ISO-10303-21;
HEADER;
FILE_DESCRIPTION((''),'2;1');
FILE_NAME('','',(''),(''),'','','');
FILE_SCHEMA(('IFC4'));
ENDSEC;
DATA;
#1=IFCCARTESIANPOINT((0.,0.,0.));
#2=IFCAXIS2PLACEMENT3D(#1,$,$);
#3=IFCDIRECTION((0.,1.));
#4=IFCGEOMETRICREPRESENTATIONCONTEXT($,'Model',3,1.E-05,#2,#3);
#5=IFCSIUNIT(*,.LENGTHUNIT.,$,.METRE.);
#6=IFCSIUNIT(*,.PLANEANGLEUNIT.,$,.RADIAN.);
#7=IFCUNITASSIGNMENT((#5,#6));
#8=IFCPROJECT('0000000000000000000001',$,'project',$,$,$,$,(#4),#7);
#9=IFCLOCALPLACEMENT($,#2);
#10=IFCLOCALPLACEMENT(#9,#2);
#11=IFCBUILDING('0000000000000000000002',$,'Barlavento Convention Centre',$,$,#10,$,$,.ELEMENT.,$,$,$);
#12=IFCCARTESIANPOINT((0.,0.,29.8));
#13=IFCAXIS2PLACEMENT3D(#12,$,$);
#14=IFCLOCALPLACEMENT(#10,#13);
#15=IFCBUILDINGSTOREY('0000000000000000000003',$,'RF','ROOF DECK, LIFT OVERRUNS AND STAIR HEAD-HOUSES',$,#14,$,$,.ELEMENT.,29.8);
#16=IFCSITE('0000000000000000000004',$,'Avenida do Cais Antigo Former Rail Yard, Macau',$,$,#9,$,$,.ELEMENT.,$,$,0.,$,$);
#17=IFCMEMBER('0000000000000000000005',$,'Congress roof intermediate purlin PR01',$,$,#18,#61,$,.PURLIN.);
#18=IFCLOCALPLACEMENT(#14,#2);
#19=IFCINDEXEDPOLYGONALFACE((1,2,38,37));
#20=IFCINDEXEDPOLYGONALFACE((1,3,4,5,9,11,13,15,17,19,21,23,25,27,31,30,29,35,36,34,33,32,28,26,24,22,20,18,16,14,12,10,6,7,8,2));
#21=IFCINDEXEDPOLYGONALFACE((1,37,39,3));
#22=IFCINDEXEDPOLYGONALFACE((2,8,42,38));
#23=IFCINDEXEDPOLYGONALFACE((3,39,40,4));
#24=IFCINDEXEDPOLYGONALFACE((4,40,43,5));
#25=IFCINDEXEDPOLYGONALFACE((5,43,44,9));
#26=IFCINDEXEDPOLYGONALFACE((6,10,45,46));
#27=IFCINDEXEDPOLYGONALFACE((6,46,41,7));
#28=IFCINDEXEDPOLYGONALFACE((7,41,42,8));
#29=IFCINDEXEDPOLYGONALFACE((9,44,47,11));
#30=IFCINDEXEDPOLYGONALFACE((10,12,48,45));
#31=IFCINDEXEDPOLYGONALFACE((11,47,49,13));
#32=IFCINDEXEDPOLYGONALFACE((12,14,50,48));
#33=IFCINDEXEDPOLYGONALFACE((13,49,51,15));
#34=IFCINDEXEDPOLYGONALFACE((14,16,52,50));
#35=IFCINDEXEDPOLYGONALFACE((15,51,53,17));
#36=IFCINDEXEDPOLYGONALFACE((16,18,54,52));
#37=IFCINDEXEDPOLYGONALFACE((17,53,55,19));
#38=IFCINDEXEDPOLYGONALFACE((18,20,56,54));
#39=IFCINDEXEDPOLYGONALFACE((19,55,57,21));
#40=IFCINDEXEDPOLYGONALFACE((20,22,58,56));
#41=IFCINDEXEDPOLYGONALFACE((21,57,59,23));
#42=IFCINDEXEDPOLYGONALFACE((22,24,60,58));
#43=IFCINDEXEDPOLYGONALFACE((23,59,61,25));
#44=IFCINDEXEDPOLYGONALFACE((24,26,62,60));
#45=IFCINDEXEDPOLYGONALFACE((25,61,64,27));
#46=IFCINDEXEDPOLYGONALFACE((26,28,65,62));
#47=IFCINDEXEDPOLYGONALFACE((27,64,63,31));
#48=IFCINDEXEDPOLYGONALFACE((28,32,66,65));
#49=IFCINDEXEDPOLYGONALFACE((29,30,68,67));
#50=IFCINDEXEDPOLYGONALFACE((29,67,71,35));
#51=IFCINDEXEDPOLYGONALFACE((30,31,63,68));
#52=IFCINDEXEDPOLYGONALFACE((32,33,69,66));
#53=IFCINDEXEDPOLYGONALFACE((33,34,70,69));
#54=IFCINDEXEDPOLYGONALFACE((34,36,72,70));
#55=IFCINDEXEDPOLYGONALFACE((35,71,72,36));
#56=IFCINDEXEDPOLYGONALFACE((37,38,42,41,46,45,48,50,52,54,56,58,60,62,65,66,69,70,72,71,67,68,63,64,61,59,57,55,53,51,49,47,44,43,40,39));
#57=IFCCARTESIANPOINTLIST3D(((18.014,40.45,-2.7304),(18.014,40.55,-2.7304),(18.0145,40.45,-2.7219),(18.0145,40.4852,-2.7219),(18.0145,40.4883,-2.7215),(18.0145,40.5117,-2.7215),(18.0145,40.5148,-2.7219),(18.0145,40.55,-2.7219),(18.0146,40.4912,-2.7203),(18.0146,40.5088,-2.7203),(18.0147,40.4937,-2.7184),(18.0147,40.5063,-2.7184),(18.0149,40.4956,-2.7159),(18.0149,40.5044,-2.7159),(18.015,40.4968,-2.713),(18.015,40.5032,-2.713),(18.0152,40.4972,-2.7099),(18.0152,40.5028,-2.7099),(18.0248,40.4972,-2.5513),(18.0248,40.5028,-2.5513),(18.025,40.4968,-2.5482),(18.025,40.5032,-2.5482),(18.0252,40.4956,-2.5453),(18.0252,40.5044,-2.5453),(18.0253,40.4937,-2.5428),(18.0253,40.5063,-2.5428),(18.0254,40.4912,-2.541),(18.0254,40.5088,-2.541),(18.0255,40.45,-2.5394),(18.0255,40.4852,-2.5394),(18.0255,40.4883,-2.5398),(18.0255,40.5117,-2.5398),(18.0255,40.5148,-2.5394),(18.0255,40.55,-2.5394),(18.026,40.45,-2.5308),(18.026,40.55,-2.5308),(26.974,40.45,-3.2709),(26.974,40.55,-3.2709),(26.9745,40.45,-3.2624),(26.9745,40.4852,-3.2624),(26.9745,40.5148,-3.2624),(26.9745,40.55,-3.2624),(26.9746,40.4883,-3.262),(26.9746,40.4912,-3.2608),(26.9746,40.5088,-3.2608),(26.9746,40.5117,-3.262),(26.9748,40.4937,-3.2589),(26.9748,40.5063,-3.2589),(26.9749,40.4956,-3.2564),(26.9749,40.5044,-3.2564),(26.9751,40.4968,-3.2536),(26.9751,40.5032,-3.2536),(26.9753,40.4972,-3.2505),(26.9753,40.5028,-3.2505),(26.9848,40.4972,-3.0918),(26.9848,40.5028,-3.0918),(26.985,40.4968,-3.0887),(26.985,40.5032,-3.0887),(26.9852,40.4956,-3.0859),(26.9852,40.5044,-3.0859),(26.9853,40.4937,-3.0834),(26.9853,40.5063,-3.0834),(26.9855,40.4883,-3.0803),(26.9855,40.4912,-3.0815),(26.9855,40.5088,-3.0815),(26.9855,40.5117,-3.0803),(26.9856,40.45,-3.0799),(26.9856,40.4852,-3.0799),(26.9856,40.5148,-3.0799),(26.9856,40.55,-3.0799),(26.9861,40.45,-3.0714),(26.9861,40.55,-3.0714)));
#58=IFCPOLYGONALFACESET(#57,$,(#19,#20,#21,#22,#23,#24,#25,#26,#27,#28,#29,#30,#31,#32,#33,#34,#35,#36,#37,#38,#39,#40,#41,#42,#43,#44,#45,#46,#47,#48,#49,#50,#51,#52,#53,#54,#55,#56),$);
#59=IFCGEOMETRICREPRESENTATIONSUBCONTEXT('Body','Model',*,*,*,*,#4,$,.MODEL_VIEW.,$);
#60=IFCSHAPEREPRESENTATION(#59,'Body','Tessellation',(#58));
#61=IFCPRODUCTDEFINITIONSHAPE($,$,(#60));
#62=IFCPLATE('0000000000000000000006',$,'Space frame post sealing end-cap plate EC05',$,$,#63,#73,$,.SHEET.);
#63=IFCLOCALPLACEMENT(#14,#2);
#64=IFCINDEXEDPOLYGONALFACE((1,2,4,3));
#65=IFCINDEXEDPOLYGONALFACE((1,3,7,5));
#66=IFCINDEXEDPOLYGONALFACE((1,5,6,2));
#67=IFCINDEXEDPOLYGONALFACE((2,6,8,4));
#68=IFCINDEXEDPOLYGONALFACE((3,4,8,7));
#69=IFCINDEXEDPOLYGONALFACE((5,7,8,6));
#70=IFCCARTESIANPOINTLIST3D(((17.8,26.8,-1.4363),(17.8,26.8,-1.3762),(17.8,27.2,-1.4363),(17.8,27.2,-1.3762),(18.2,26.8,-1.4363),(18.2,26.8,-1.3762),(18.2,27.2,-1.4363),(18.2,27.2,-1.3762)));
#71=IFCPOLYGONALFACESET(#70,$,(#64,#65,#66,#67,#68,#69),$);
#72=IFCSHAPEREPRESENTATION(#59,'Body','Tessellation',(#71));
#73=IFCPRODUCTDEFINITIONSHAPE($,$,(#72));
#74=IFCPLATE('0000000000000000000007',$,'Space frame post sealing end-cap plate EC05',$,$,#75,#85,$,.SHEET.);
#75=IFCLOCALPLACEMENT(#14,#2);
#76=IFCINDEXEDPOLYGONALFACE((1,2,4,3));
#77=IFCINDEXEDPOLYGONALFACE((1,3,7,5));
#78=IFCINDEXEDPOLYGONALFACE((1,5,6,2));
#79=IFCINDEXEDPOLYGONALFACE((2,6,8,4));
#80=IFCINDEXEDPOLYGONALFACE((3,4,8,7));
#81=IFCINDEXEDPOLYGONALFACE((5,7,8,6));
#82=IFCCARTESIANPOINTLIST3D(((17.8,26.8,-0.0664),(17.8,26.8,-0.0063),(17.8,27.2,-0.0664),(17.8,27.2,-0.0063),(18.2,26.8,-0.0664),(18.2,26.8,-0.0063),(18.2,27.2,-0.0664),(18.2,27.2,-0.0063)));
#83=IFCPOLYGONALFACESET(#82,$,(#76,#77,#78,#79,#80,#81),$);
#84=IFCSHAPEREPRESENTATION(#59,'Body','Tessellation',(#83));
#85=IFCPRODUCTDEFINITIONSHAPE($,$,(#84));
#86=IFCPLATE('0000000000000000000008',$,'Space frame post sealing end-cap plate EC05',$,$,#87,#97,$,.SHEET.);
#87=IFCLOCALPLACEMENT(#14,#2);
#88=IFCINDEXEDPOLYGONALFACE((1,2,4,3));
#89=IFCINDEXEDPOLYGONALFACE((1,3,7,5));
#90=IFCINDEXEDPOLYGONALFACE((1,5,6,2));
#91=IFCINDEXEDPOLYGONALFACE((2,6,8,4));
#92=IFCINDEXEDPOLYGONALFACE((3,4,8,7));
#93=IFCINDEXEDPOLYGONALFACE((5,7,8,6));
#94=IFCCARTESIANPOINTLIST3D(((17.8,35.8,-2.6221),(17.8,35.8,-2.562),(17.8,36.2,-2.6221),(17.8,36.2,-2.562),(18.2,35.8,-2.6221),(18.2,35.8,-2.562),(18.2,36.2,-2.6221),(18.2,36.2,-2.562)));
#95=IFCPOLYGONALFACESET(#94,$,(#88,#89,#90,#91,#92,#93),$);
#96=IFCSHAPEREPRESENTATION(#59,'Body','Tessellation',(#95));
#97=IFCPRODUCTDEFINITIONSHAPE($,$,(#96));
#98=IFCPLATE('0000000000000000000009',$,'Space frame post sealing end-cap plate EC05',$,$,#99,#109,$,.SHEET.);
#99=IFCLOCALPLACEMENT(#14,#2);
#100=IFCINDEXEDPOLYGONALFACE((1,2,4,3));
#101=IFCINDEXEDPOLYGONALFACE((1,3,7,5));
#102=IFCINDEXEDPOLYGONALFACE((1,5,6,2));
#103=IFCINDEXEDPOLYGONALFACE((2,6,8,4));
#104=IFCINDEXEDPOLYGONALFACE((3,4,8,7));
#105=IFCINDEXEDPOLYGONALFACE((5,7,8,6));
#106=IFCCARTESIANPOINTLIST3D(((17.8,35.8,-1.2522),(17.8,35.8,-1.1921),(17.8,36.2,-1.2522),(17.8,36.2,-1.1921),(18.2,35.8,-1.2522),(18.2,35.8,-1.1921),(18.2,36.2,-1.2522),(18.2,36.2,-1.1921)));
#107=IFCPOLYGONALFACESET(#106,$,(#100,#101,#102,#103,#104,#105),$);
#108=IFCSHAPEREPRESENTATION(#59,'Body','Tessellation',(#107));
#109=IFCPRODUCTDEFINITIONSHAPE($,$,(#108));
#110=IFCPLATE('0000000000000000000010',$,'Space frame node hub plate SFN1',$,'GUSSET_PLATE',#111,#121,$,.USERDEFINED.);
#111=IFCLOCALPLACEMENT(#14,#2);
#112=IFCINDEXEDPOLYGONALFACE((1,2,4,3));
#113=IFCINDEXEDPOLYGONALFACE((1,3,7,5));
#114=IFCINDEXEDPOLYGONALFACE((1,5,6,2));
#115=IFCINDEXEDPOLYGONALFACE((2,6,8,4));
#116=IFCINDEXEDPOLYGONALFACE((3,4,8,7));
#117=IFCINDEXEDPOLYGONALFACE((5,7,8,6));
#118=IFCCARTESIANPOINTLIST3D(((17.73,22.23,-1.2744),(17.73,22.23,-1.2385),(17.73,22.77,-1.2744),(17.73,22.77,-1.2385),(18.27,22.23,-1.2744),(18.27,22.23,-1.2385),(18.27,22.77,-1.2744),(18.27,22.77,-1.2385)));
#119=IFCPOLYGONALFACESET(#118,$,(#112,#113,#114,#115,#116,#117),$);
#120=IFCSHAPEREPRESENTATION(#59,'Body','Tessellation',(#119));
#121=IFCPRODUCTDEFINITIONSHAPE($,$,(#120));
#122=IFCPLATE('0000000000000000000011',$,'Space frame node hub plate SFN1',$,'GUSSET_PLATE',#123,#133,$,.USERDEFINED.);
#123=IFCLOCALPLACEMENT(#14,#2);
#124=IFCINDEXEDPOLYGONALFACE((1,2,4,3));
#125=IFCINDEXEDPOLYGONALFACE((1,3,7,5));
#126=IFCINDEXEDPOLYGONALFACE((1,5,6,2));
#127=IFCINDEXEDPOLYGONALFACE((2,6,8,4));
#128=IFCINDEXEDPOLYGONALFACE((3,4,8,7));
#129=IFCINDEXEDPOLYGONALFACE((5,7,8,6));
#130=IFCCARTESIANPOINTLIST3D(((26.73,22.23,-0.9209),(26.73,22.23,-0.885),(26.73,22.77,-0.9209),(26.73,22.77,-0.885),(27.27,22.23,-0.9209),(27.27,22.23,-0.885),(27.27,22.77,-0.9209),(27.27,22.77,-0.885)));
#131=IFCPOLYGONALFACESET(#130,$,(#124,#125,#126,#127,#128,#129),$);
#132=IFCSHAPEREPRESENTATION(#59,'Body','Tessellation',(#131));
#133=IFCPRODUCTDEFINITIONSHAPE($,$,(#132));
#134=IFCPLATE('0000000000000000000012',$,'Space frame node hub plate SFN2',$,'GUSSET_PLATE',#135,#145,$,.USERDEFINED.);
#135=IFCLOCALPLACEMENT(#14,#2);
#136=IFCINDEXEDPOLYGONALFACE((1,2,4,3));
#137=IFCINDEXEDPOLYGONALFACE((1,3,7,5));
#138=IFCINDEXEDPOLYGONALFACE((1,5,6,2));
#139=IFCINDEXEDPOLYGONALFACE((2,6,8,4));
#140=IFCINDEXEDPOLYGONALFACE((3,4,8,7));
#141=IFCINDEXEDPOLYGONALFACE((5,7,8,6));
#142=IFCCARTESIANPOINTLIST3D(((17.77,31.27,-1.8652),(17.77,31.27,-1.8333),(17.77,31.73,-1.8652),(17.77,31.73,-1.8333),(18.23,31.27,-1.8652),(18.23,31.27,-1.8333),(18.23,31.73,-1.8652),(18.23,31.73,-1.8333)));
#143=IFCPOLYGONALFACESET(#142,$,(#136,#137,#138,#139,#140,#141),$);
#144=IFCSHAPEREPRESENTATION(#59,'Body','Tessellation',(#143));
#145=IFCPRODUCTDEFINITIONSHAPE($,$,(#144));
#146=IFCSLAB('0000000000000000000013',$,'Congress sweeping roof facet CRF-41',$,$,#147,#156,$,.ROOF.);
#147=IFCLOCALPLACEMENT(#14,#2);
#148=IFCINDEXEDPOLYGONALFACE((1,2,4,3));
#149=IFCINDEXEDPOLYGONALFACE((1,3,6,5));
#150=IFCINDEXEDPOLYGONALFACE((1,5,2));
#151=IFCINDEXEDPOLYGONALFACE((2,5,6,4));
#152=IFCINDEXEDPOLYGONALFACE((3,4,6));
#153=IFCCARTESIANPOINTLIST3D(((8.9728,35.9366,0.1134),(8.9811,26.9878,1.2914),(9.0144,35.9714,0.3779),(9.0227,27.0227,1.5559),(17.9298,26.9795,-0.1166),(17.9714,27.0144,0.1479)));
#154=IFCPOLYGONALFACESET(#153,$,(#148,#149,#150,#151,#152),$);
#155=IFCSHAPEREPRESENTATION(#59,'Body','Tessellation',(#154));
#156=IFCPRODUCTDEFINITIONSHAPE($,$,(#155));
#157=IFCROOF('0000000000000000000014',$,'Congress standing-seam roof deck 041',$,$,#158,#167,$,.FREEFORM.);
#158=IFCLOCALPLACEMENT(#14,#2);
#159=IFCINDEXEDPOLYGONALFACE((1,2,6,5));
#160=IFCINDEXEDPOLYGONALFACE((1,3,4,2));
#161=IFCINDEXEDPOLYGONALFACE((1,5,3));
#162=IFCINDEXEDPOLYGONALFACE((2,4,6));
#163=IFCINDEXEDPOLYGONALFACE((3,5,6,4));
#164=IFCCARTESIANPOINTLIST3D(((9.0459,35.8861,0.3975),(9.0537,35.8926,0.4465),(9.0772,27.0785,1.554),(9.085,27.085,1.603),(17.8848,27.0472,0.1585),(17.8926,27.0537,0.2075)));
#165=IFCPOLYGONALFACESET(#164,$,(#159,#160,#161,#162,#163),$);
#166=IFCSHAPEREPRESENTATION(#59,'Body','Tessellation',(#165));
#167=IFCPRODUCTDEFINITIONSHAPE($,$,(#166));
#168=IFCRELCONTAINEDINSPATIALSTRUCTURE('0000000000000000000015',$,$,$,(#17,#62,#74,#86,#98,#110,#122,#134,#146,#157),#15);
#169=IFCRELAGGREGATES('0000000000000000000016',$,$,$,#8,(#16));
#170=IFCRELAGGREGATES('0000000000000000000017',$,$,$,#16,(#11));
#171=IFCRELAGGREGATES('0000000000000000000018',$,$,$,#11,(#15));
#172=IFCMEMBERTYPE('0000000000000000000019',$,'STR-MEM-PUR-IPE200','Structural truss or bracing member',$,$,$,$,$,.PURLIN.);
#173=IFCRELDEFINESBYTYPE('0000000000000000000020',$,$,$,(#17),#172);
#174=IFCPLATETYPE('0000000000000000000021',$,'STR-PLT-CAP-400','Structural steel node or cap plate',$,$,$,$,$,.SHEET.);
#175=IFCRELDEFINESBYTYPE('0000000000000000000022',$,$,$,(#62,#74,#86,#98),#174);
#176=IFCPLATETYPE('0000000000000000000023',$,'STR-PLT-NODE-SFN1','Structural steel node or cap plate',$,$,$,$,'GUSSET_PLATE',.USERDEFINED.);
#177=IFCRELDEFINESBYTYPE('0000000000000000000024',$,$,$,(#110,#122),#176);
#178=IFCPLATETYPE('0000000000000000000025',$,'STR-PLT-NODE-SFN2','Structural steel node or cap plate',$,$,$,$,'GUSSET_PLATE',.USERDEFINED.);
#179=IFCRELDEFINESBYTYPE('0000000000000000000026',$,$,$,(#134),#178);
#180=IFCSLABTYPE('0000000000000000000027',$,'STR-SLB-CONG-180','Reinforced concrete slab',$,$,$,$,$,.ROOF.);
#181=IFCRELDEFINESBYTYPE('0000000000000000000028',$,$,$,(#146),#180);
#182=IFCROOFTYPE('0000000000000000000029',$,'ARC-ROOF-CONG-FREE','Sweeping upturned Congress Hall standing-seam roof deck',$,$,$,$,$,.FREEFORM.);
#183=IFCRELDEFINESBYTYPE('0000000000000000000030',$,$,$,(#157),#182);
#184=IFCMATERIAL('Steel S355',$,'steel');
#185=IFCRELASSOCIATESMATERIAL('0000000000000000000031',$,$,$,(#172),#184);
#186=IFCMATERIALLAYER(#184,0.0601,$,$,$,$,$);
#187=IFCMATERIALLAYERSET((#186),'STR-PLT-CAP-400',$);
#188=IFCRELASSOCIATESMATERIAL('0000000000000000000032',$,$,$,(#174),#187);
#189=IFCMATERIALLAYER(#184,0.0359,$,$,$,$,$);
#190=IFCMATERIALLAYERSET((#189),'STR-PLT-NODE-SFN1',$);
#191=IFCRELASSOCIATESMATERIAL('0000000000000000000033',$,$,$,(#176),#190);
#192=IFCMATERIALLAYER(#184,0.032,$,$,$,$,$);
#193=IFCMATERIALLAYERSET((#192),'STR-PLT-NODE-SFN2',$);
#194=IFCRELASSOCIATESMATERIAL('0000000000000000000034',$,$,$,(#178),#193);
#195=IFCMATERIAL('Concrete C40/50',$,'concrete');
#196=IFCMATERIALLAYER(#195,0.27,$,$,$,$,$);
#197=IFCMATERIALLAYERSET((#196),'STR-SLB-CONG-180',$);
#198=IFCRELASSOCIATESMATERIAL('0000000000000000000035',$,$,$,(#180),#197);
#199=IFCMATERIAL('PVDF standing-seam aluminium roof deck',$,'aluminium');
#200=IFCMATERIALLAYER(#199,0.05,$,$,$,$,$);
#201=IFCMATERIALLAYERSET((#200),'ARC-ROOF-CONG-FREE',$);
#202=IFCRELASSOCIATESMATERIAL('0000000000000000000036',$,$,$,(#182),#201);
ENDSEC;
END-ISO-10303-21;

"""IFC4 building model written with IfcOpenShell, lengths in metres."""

from ifc_helpers import new_model, si_unit, direction, frame, origin, origin_2d, place, context, subcontext, project, spatial, polyline, rectangle, i_section, outline, extrude, material, layer, layer_set, material_profile, profile_set, type_object, element, save


model = new_model("IFC4")

# Units and contexts
model_context = context("Model", 3, precision=1e-05, world=origin(), true_north=direction((0.0, 1.0)))
body_context = subcontext(model_context, "Body", "Model", "MODEL_VIEW")
ifc_project = project(units=[si_unit("LENGTHUNIT", "METRE"), si_unit("PLANEANGLEUNIT", "RADIAN")], contexts=[model_context])

# Site, building, storey
site_placement = place(None, origin())
site = spatial("IfcSite", under=ifc_project, at=site_placement, Name="Avenida do Cais Antigo Former Rail Yard, Macau", CompositionType="ELEMENT", RefElevation=0.0)
building_placement = place(site_placement, origin())
building = spatial("IfcBuilding", under=site, at=building_placement, Name="Barlavento Convention Centre", CompositionType="ELEMENT")
storey_placement = place(building_placement, frame((0.0, 0.0, 29.8)))
storey = spatial("IfcBuildingStorey", under=building, at=storey_placement, Name="RF", Description="ROOF DECK, LIFT OVERRUNS AND STAIR HEAD-HOUSES", CompositionType="ELEMENT", Elevation=29.8)

# Member
ifc_material_1 = material(Name="Steel S355", Category="steel")
ifc_material_profile_1 = material_profile(ifc_material_1, i_section(OverallWidth=0.1001, OverallDepth=0.2, WebThickness=0.0056, FlangeThickness=0.0085, FilletRadius=0.012, at=origin_2d()), Name="IPE 200")
ifc_profile_set_1 = profile_set([ifc_material_profile_1], Name="Steel S355")
member_type_1 = type_object("IfcMemberType", Name="STR-MEM-PUR-IPE200", Description="Structural truss or bracing member", PredefinedType="PURLIN", material=ifc_profile_set_1)
member_1_placement = place(storey_placement, frame((18.02, 40.5, -2.6306), z_axis=(0.998185, 0.0, -0.060217), x_axis=(0.0, 1.0, 0.0)))
element("IfcMember", 1, at=member_1_placement, inside=storey, type_object=member_type_1, Name="Congress roof intermediate purlin PR01", PredefinedType="PURLIN", context=body_context, shape_type="SweptSolid", body=[
    extrude(i_section(OverallWidth=0.1001, OverallDepth=0.2, WebThickness=0.0056, FlangeThickness=0.0085, FilletRadius=0.012, at=origin_2d()), origin(), (0.0, 0.0, 1.0), 8.9763),
])

# Plates
ifc_layer_1 = layer(ifc_material_1, 0.0601)
ifc_layer_set_1 = layer_set([ifc_layer_1], Name="STR-PLT-CAP-400")
plate_type_1 = type_object("IfcPlateType", Name="STR-PLT-CAP-400", Description="Structural steel node or cap plate", PredefinedType="SHEET", material=ifc_layer_set_1)
for number, where, z_axis, x_axis, name in (
    (2, (18.0, 27.0, -1.4363), (0.0, 0.0, 1.0), (1.0, 0.0, 0.0), "Space frame post sealing end-cap plate EC05"),
    (3, (18.0, 27.0, -0.0664), (0.0, 0.0, 1.0), (1.0, 0.0, 0.0), "Space frame post sealing end-cap plate EC05"),
    (4, (18.0, 36.0, -2.6221), (0.0, 0.0, 1.0), (1.0, 0.0, 0.0), "Space frame post sealing end-cap plate EC05"),
    (5, (18.0, 36.0, -1.2522), (0.0, 0.0, 1.0), (1.0, 0.0, 0.0), "Space frame post sealing end-cap plate EC05"),
):
    element("IfcPlate", number, at=place(storey_placement, frame(where, z_axis=z_axis, x_axis=x_axis)), inside=storey, type_object=plate_type_1, Name=name, PredefinedType="SHEET", context=body_context, shape_type="SweptSolid", body=[
        extrude(rectangle(XDim=0.3999, YDim=0.3999, at=origin_2d()), origin(), (0.0, 0.0, 1.0), 0.0601),
    ])
ifc_layer_2 = layer(ifc_material_1, 0.0359)
ifc_layer_set_2 = layer_set([ifc_layer_2], Name="STR-PLT-NODE-SFN1")
plate_type_2 = type_object("IfcPlateType", Name="STR-PLT-NODE-SFN1", Description="Structural steel node or cap plate", ElementType="GUSSET_PLATE", PredefinedType="USERDEFINED", material=ifc_layer_set_2)
for number, where, z_axis, x_axis, name in (
    (6, (18.0, 22.5, -1.2744), (0.0, 0.0, 1.0), (1.0, 0.0, 0.0), "Space frame node hub plate SFN1"),
    (7, (27.0, 22.5, -0.9209), (0.0, 0.0, 1.0), (1.0, 0.0, 0.0), "Space frame node hub plate SFN1"),
):
    element("IfcPlate", number, at=place(storey_placement, frame(where, z_axis=z_axis, x_axis=x_axis)), inside=storey, type_object=plate_type_2, Name=name, ObjectType="GUSSET_PLATE", PredefinedType="USERDEFINED", context=body_context, shape_type="SweptSolid", body=[
        extrude(rectangle(XDim=0.54, YDim=0.54, at=origin_2d()), origin(), (0.0, 0.0, 1.0), 0.0359),
    ])
ifc_layer_3 = layer(ifc_material_1, 0.032)
ifc_layer_set_3 = layer_set([ifc_layer_3], Name="STR-PLT-NODE-SFN2")
plate_type_3 = type_object("IfcPlateType", Name="STR-PLT-NODE-SFN2", Description="Structural steel node or cap plate", ElementType="GUSSET_PLATE", PredefinedType="USERDEFINED", material=ifc_layer_set_3)
plate_placement = place(storey_placement, frame((18.0, 31.5, -1.8652), z_axis=(0.0, 0.0, 1.0), x_axis=(1.0, 0.0, 0.0)))
element("IfcPlate", 8, at=plate_placement, inside=storey, type_object=plate_type_3, Name="Space frame node hub plate SFN2", ObjectType="GUSSET_PLATE", PredefinedType="USERDEFINED", context=body_context, shape_type="SweptSolid", body=[
    extrude(rectangle(XDim=0.46, YDim=0.46, at=origin_2d()), origin(), (0.0, 0.0, 1.0), 0.032),
])

# Slab
ifc_material_2 = material(Name="Concrete C40/50", Category="concrete")
ifc_layer_4 = layer(ifc_material_2, 0.27)
ifc_layer_set_4 = layer_set([ifc_layer_4], Name="STR-SLB-CONG-180")
slab_type = type_object("IfcSlabType", Name="STR-SLB-CONG-180", Description="Reinforced concrete slab", PredefinedType="ROOF", material=ifc_layer_set_4)
slab_placement = place(storey_placement, frame((9.0227, 27.0227, 1.5559), z_axis=(0.154241, 0.129089, 0.979564), x_axis=(0.987847, -0.000916, -0.155424)))
element("IfcSlab", 9, at=slab_placement, inside=storey, type_object=slab_type, Name="Congress sweeping roof facet CRF-41", PredefinedType="ROOF", context=body_context, shape_type="SweptSolid", body=[
    extrude(outline(polyline([(0.0, 0.0), (9.0588, 0.0), (0.1667, 9.0244), (0.0, 0.0)])), origin(), (0.0, 0.0, -1.0), 0.27),
])

# Roof
ifc_material_3 = material(Name="PVDF standing-seam aluminium roof deck", Category="aluminium")
ifc_layer_5 = layer(ifc_material_3, 0.05)
ifc_layer_set_5 = layer_set([ifc_layer_5], Name="ARC-ROOF-CONG-FREE")
roof_type = type_object("IfcRoofType", Name="ARC-ROOF-CONG-FREE", Description="Sweeping upturned Congress Hall standing-seam roof deck", PredefinedType="FREEFORM", material=ifc_layer_set_5)
roof_placement = place(storey_placement, frame((9.085, 27.085, 1.603), z_axis=(0.155628, 0.129145, 0.979337), x_axis=(0.987673, -0.003504, -0.15649)))
element("IfcRoof", 10, at=roof_placement, inside=storey, type_object=roof_type, Name="Congress standing-seam roof deck 041", PredefinedType="FREEFORM", context=body_context, shape_type="SweptSolid", body=[
    extrude(outline(polyline([(0.0, 0.0), (8.9175, 0.0), (0.1193, 8.8825), (0.0, 0.0)])), origin(), (0.0, 0.0, -1.0), 0.05),
])

save(model, "model.ifc")
